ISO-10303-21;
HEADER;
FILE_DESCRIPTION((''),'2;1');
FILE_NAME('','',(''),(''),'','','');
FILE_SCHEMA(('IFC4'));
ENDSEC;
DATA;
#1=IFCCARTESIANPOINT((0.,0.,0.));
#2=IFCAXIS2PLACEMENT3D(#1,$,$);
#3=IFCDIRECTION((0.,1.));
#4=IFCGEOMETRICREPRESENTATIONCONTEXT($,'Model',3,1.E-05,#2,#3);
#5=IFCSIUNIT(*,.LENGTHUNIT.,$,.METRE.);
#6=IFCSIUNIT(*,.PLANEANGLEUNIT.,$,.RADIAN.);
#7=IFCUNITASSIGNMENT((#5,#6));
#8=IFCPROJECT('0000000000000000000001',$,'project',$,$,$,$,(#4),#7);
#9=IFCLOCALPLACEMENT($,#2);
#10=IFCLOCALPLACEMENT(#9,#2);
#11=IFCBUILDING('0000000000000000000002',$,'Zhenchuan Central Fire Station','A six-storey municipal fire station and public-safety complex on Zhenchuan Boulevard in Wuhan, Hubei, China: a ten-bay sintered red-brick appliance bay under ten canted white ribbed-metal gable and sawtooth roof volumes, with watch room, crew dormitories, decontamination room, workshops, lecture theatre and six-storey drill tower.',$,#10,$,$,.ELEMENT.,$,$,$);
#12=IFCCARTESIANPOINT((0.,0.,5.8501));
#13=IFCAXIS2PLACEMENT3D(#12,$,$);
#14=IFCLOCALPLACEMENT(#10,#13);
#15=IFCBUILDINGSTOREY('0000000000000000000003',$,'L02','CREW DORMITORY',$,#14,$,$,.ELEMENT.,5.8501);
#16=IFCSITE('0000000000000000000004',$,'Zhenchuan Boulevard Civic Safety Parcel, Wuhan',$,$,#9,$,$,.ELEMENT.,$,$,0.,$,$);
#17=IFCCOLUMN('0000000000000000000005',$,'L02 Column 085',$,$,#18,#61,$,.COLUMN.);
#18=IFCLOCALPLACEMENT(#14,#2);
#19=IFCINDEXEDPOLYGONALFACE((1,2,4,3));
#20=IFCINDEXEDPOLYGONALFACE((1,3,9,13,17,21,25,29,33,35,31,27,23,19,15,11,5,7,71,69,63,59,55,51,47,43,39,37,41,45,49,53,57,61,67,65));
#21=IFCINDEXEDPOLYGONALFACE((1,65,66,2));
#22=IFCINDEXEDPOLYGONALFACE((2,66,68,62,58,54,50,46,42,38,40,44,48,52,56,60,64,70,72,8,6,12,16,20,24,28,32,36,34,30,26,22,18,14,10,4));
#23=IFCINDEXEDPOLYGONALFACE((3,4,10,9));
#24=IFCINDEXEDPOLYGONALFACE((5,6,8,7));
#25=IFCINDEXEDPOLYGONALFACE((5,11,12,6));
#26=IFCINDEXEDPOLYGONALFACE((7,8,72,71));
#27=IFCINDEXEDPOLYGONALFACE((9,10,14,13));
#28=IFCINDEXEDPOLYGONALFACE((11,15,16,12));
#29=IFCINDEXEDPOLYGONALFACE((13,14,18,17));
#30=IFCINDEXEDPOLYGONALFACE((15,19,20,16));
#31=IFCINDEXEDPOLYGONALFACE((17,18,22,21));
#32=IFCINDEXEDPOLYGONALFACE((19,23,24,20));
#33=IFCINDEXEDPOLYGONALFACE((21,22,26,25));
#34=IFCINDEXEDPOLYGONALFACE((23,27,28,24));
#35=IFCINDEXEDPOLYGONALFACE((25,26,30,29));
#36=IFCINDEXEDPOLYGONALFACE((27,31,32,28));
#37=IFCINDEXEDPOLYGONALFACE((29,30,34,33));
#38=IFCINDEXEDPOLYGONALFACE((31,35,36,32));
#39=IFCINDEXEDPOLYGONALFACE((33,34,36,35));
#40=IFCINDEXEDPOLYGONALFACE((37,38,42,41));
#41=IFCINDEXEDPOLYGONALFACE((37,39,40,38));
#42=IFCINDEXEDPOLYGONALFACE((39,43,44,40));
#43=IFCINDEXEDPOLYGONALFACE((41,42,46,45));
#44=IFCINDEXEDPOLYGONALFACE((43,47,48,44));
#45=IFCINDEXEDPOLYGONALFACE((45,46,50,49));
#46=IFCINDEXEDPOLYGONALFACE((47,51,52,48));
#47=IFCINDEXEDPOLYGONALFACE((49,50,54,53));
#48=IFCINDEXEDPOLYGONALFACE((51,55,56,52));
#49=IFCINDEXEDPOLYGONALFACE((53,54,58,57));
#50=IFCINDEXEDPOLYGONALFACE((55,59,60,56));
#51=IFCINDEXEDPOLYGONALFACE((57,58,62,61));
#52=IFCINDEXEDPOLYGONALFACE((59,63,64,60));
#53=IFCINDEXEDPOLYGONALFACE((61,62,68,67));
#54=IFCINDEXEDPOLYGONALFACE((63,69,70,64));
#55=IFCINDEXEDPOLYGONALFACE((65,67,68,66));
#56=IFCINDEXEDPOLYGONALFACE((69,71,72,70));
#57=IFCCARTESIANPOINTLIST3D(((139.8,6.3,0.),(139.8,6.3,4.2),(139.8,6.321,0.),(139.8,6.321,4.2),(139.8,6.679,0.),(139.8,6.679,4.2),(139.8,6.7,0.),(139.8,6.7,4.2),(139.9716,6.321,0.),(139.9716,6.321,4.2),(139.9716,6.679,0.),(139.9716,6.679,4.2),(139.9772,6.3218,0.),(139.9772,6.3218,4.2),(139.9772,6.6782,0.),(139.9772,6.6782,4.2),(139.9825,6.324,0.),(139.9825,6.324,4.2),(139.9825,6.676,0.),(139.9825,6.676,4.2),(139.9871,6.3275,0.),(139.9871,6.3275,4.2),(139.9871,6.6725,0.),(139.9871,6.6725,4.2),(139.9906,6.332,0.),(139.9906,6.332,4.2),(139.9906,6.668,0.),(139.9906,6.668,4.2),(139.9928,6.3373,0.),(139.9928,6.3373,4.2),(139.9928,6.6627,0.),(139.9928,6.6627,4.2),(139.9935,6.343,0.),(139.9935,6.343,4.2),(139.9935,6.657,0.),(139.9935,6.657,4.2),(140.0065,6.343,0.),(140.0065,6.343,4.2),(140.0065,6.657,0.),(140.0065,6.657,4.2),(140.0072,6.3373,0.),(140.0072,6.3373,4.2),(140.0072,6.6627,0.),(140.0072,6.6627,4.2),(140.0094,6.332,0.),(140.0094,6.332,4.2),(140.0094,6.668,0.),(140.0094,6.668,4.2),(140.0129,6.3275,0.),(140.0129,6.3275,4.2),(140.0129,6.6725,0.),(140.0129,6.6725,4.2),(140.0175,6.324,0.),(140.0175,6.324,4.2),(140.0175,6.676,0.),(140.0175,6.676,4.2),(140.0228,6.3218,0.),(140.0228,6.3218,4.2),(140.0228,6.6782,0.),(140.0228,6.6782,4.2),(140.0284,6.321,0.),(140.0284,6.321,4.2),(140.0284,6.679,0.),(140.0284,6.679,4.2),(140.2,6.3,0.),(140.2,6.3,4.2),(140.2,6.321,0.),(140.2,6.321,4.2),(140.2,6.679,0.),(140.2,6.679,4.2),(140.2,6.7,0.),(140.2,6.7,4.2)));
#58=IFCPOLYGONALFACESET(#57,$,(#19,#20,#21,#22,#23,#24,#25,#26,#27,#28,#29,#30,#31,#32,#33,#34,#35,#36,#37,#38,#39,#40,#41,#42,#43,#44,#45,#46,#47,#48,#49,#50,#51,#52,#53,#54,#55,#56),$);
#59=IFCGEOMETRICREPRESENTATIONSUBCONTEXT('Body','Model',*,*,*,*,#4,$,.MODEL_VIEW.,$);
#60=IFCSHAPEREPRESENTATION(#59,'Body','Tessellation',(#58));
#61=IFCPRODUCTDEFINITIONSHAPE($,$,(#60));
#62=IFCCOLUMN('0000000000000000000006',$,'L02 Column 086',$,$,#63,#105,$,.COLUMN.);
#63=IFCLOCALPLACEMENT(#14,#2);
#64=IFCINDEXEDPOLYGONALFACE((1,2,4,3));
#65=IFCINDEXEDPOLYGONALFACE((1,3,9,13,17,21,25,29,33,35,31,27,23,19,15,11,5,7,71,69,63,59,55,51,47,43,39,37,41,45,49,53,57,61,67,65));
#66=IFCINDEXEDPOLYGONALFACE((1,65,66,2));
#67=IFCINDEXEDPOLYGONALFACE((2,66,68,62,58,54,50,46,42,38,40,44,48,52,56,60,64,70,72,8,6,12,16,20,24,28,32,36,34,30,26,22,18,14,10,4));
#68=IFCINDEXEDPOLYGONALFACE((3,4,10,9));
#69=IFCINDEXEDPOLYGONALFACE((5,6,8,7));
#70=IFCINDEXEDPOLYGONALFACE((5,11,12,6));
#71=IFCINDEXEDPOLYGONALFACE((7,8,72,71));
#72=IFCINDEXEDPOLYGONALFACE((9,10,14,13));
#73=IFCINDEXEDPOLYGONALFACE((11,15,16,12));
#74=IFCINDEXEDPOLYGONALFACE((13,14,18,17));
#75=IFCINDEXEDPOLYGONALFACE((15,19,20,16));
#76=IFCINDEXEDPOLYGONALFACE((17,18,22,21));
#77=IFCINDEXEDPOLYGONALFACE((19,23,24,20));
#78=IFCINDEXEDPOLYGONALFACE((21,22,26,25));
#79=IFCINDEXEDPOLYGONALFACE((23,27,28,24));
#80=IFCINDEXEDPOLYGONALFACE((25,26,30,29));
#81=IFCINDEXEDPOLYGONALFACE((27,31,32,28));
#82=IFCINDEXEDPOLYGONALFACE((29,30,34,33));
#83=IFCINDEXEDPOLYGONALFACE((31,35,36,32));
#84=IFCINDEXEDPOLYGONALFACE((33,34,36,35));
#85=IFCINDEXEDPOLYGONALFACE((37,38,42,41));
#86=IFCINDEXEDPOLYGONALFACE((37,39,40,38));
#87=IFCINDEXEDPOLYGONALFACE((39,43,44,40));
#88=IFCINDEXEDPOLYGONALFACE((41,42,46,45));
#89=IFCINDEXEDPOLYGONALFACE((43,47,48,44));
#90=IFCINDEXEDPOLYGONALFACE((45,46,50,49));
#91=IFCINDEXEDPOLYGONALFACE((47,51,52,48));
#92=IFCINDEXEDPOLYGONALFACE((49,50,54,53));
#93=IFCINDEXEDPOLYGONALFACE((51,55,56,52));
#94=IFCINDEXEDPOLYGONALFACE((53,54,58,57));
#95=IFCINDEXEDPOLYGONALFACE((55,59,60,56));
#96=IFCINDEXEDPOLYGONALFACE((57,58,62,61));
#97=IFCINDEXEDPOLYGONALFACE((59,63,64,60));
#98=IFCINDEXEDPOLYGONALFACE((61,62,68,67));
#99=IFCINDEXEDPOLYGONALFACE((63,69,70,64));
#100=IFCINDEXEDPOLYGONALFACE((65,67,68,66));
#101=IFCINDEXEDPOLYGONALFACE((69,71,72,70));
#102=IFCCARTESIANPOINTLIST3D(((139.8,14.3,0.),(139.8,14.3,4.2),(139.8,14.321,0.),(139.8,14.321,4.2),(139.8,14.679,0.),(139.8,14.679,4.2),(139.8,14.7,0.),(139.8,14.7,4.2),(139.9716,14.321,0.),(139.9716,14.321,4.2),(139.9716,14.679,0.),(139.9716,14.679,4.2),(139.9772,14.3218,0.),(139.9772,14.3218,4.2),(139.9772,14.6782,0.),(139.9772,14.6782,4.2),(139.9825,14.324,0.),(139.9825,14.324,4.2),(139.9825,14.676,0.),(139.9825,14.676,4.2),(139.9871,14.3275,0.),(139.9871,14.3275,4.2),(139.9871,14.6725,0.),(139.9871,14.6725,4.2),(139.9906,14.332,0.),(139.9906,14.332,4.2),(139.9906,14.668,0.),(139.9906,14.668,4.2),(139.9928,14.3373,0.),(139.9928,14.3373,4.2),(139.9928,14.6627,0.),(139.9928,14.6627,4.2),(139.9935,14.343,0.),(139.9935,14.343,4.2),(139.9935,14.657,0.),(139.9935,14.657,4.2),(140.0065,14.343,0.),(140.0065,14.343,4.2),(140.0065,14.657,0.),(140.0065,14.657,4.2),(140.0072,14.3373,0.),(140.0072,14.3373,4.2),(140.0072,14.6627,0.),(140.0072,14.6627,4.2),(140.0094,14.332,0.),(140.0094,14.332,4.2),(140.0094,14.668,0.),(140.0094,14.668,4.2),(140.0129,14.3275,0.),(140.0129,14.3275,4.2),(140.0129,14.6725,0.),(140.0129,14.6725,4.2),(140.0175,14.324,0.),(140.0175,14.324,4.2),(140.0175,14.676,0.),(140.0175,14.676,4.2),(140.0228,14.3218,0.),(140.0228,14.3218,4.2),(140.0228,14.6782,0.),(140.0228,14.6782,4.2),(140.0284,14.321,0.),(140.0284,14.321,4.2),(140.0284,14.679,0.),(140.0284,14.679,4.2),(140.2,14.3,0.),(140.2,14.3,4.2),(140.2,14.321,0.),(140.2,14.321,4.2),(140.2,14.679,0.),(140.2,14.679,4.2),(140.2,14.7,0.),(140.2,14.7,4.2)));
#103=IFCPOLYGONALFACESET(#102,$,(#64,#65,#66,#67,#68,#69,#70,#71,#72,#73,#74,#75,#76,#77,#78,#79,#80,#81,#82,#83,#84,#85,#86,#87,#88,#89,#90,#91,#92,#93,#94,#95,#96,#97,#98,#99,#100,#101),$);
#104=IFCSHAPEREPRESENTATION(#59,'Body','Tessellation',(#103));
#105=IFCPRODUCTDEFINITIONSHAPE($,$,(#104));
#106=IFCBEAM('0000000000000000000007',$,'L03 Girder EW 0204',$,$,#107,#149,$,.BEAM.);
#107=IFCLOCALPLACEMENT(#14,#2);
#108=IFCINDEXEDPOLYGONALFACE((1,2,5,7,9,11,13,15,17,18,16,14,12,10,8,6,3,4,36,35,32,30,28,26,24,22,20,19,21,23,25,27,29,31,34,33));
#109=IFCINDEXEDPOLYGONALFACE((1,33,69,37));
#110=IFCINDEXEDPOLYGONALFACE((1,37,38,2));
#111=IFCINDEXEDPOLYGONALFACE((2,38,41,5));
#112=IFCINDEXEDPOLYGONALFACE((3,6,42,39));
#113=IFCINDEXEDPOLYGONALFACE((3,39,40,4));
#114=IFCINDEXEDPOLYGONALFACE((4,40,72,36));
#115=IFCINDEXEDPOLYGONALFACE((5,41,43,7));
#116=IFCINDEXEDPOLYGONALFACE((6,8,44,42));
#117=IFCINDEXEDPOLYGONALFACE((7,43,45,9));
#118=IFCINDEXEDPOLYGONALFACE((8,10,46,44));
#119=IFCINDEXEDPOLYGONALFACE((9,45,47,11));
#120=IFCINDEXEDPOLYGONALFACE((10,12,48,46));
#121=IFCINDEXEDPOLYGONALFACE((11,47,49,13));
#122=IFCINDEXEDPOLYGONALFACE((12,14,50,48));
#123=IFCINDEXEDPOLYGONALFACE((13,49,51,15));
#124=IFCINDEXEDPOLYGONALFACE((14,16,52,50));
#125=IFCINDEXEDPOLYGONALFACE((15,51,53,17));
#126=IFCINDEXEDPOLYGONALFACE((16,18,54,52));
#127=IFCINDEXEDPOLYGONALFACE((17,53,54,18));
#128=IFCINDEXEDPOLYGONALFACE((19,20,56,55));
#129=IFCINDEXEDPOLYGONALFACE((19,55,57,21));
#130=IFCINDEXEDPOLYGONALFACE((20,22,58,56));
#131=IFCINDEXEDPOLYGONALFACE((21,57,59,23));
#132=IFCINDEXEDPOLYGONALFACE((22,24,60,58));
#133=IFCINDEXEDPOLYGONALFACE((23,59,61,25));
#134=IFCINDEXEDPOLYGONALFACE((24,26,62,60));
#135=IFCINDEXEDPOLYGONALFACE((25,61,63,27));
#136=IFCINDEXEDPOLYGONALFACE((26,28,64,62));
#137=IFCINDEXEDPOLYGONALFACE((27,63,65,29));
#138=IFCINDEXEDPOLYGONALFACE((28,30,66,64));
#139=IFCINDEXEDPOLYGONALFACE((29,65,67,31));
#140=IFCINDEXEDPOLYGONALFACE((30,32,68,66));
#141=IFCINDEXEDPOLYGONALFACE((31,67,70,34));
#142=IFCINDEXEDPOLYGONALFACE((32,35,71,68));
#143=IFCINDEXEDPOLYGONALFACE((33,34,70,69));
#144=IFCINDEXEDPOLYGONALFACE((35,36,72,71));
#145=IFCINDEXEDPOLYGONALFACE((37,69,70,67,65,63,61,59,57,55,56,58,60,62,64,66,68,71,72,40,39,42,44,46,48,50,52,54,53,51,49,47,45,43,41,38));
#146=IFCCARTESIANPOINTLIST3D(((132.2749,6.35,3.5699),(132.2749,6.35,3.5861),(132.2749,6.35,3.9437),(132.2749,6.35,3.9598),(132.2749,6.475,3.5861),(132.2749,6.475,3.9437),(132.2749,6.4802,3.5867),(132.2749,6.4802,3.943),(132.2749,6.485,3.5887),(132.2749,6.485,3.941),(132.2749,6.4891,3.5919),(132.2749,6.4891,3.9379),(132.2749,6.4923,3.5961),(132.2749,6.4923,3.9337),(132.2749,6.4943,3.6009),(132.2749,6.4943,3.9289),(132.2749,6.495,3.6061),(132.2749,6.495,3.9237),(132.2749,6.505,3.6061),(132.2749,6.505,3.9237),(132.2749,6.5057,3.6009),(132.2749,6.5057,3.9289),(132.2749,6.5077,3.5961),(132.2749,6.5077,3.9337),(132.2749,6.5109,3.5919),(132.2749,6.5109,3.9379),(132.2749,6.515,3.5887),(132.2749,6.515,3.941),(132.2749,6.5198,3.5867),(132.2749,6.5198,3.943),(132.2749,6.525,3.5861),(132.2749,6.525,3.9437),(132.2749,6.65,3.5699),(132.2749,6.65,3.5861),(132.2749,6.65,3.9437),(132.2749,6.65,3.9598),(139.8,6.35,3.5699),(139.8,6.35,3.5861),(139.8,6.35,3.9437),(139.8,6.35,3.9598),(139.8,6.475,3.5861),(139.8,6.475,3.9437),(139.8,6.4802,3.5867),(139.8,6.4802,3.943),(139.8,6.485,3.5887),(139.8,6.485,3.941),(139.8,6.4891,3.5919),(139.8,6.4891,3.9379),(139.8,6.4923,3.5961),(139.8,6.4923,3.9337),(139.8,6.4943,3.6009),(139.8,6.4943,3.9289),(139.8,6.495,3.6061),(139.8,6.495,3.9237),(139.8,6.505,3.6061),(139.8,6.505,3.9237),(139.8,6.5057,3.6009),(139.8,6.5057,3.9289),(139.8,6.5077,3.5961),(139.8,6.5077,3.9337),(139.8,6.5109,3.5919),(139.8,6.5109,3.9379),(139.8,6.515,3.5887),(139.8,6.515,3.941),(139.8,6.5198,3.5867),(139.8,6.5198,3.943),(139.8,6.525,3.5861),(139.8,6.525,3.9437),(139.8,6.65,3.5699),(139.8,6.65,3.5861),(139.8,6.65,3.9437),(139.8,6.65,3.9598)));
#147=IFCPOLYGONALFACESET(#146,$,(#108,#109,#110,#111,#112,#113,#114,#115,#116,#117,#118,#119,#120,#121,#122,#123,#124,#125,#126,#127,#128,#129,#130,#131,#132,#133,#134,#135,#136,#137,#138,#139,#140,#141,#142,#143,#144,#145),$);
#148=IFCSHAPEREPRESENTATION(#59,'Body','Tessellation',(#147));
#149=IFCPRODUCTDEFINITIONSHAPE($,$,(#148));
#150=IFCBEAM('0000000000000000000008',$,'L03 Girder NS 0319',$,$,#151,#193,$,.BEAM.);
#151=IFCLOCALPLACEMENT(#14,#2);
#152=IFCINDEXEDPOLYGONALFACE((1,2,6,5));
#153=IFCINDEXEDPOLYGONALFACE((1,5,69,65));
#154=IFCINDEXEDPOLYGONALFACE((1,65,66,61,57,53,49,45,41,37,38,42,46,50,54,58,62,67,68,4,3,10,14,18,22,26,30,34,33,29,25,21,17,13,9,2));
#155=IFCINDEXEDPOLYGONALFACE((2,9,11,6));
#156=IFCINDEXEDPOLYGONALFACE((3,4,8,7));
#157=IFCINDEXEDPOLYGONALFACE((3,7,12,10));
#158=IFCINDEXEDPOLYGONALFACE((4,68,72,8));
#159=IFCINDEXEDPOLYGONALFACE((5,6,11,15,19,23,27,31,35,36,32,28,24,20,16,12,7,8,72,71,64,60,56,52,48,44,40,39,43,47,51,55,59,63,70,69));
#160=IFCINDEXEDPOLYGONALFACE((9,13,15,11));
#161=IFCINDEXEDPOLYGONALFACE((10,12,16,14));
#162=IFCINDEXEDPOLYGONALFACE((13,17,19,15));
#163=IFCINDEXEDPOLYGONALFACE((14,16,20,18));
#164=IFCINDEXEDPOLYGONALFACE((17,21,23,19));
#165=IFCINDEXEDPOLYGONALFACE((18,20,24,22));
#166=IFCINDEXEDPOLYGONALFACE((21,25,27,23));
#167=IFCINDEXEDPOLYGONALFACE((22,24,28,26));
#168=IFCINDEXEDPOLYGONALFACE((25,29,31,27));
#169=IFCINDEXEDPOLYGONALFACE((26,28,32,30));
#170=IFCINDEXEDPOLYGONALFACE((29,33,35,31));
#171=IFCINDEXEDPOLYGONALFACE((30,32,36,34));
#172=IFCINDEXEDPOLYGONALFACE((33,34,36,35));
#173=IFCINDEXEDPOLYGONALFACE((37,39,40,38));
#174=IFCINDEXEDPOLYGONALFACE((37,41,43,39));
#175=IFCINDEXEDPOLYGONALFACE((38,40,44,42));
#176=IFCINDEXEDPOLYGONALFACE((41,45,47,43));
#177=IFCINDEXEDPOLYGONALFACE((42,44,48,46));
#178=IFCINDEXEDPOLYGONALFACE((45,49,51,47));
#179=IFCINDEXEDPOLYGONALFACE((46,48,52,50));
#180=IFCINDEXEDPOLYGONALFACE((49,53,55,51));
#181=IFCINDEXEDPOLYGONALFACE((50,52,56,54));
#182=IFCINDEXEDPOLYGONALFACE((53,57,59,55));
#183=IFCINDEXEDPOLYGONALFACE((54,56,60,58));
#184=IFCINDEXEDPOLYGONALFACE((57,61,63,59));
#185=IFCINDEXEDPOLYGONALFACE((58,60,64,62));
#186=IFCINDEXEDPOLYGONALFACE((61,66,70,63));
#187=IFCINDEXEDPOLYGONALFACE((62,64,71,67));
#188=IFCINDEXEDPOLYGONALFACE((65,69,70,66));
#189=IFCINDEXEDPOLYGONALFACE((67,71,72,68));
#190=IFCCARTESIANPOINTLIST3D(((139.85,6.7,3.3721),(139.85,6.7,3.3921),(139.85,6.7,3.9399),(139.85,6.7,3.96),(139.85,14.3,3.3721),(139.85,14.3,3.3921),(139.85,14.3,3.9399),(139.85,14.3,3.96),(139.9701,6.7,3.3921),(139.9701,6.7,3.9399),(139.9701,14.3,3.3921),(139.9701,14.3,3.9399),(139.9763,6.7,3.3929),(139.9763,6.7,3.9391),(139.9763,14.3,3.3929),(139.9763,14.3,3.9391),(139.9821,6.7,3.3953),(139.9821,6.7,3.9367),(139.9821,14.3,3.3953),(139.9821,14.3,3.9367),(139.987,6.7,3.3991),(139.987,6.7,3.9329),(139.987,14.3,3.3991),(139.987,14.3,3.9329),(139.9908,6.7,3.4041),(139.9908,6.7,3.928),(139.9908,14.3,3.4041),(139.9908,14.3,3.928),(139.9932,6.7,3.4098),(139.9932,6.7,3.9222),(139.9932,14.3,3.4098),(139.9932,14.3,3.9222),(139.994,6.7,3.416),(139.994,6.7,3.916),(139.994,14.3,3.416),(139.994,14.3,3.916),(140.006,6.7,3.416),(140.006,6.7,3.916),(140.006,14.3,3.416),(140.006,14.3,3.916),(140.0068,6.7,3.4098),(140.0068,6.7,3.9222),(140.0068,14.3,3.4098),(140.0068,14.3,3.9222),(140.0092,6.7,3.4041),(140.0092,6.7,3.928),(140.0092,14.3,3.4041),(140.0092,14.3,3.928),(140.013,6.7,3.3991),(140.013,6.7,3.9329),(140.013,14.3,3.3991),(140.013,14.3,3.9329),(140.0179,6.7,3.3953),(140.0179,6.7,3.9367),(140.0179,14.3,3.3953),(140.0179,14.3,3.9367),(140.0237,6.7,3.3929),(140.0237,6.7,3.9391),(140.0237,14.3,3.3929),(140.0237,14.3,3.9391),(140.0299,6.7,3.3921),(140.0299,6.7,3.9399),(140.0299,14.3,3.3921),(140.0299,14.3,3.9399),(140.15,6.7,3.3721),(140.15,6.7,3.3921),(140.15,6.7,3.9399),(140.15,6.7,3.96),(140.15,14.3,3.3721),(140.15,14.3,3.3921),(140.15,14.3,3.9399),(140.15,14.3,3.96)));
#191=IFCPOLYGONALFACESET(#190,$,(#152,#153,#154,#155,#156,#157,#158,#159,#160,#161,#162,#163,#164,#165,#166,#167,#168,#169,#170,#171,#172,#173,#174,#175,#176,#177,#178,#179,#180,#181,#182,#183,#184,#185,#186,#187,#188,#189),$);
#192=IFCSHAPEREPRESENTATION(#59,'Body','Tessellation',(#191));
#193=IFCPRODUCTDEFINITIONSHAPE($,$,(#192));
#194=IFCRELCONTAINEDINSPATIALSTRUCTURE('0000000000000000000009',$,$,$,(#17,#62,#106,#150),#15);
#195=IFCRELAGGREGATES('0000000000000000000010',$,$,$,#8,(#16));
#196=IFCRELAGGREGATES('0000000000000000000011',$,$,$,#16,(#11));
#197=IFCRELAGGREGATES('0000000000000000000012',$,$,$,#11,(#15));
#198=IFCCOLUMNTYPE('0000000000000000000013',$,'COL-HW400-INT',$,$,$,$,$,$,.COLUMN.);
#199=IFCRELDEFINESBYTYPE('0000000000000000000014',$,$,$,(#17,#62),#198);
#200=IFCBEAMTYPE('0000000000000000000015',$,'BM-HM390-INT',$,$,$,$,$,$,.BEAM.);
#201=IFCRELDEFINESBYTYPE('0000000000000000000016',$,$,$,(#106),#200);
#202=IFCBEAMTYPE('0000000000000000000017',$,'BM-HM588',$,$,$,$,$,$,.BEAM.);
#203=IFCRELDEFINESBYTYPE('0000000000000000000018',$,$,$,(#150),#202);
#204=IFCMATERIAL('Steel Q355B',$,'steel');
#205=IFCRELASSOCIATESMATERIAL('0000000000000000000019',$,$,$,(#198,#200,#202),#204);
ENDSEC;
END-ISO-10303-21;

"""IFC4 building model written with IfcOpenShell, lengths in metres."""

from ifc_helpers import new_model, si_unit, direction, frame, origin, origin_2d, place, context, subcontext, project, spatial, i_section, extrude, material, material_profile, profile_set, type_object, element, save


model = new_model("IFC4")

# Units and contexts
model_context = context("Model", 3, precision=1e-05, world=origin(), true_north=direction((0.0, 1.0)))
body_context = subcontext(model_context, "Body", "Model", "MODEL_VIEW")
ifc_project = project(units=[si_unit("LENGTHUNIT", "METRE"), si_unit("PLANEANGLEUNIT", "RADIAN")], contexts=[model_context])

# Site, building, storey
site_placement = place(None, origin())
site = spatial("IfcSite", under=ifc_project, at=site_placement, Name="Zhenchuan Boulevard Civic Safety Parcel, Wuhan", CompositionType="ELEMENT", RefElevation=0.0)
building_placement = place(site_placement, origin())
building = spatial("IfcBuilding", under=site, at=building_placement, Name="Zhenchuan Central Fire Station", Description="A six-storey municipal fire station and public-safety complex on Zhenchuan Boulevard in Wuhan, Hubei, China: a ten-bay sintered red-brick appliance bay under ten canted white ribbed-metal gable and sawtooth roof volumes, with watch room, crew dormitories, decontamination room, workshops, lecture theatre and six-storey drill tower.", CompositionType="ELEMENT")
storey_placement = place(building_placement, frame((0.0, 0.0, 5.8501)))
storey = spatial("IfcBuildingStorey", under=building, at=storey_placement, Name="L02", Description="CREW DORMITORY", CompositionType="ELEMENT", Elevation=5.8501)

# Columns
ifc_material_1 = material(Name="Steel Q355B", Category="steel")
ifc_material_profile_1 = material_profile(ifc_material_1, i_section(OverallWidth=0.3999, OverallDepth=0.3999, WebThickness=0.0129, FlangeThickness=0.021, FilletRadius=0.022, at=origin_2d()), Name="HW 400x400")
ifc_profile_set_1 = profile_set([ifc_material_profile_1], Name="Steel Q355B")
column_type = type_object("IfcColumnType", Name="COL-HW400-INT", PredefinedType="COLUMN", material=ifc_profile_set_1)
for number, where, z_axis, x_axis, name in (
    (1, (140.0, 6.5, 0.0), (0.0, 0.0, 1.0), (1.0, 0.0, 0.0), "L02 Column 085"),
    (2, (140.0, 14.5, 0.0), (0.0, 0.0, 1.0), (1.0, 0.0, 0.0), "L02 Column 086"),
):
    element("IfcColumn", number, at=place(storey_placement, frame(where, z_axis=z_axis, x_axis=x_axis)), inside=storey, type_object=column_type, Name=name, PredefinedType="COLUMN", context=body_context, shape_type="SweptSolid", body=[
        extrude(i_section(OverallWidth=0.3999, OverallDepth=0.3999, WebThickness=0.0129, FlangeThickness=0.021, FilletRadius=0.022, at=origin_2d()), origin(), (0.0, 0.0, 1.0), 4.2),
    ])

# Beams
ifc_material_profile_2 = material_profile(ifc_material_1, i_section(OverallWidth=0.3, OverallDepth=0.3899, WebThickness=0.01, FlangeThickness=0.0161, FilletRadius=0.02, at=origin_2d()), Name="HM 390x300")
ifc_profile_set_2 = profile_set([ifc_material_profile_2], Name="Steel Q355B")
beam_type_1 = type_object("IfcBeamType", Name="BM-HM390-INT", PredefinedType="BEAM", material=ifc_profile_set_2)
beam_1_placement = place(storey_placement, frame((132.2749, 6.5, 3.7649), z_axis=(1.0, 0.0, 0.0), x_axis=(0.0, 1.0, 0.0)))
element("IfcBeam", 3, at=beam_1_placement, inside=storey, type_object=beam_type_1, Name="L03 Girder EW 0204", PredefinedType="BEAM", context=body_context, shape_type="SweptSolid", body=[
    extrude(i_section(OverallWidth=0.3, OverallDepth=0.3899, WebThickness=0.01, FlangeThickness=0.0161, FilletRadius=0.02, at=origin_2d()), origin(), (0.0, 0.0, 1.0), 7.5251),
])
ifc_material_profile_3 = material_profile(ifc_material_1, i_section(OverallWidth=0.3, OverallDepth=0.5879, WebThickness=0.012, FlangeThickness=0.02, FilletRadius=0.0239, at=origin_2d()), Name="HM 588x300")
ifc_profile_set_3 = profile_set([ifc_material_profile_3], Name="Steel Q355B")
beam_type_2 = type_object("IfcBeamType", Name="BM-HM588", PredefinedType="BEAM", material=ifc_profile_set_3)
beam_2_placement = place(storey_placement, frame((140.0, 6.7, 3.666), z_axis=(0.0, 1.0, 0.0), x_axis=(-1.0, 0.0, 0.0)))
element("IfcBeam", 4, at=beam_2_placement, inside=storey, type_object=beam_type_2, Name="L03 Girder NS 0319", PredefinedType="BEAM", context=body_context, shape_type="SweptSolid", body=[
    extrude(i_section(OverallWidth=0.3, OverallDepth=0.5879, WebThickness=0.012, FlangeThickness=0.02, FilletRadius=0.0239, at=origin_2d()), origin(), (0.0, 0.0, 1.0), 7.6001),
])

save(model, "model.ifc")
